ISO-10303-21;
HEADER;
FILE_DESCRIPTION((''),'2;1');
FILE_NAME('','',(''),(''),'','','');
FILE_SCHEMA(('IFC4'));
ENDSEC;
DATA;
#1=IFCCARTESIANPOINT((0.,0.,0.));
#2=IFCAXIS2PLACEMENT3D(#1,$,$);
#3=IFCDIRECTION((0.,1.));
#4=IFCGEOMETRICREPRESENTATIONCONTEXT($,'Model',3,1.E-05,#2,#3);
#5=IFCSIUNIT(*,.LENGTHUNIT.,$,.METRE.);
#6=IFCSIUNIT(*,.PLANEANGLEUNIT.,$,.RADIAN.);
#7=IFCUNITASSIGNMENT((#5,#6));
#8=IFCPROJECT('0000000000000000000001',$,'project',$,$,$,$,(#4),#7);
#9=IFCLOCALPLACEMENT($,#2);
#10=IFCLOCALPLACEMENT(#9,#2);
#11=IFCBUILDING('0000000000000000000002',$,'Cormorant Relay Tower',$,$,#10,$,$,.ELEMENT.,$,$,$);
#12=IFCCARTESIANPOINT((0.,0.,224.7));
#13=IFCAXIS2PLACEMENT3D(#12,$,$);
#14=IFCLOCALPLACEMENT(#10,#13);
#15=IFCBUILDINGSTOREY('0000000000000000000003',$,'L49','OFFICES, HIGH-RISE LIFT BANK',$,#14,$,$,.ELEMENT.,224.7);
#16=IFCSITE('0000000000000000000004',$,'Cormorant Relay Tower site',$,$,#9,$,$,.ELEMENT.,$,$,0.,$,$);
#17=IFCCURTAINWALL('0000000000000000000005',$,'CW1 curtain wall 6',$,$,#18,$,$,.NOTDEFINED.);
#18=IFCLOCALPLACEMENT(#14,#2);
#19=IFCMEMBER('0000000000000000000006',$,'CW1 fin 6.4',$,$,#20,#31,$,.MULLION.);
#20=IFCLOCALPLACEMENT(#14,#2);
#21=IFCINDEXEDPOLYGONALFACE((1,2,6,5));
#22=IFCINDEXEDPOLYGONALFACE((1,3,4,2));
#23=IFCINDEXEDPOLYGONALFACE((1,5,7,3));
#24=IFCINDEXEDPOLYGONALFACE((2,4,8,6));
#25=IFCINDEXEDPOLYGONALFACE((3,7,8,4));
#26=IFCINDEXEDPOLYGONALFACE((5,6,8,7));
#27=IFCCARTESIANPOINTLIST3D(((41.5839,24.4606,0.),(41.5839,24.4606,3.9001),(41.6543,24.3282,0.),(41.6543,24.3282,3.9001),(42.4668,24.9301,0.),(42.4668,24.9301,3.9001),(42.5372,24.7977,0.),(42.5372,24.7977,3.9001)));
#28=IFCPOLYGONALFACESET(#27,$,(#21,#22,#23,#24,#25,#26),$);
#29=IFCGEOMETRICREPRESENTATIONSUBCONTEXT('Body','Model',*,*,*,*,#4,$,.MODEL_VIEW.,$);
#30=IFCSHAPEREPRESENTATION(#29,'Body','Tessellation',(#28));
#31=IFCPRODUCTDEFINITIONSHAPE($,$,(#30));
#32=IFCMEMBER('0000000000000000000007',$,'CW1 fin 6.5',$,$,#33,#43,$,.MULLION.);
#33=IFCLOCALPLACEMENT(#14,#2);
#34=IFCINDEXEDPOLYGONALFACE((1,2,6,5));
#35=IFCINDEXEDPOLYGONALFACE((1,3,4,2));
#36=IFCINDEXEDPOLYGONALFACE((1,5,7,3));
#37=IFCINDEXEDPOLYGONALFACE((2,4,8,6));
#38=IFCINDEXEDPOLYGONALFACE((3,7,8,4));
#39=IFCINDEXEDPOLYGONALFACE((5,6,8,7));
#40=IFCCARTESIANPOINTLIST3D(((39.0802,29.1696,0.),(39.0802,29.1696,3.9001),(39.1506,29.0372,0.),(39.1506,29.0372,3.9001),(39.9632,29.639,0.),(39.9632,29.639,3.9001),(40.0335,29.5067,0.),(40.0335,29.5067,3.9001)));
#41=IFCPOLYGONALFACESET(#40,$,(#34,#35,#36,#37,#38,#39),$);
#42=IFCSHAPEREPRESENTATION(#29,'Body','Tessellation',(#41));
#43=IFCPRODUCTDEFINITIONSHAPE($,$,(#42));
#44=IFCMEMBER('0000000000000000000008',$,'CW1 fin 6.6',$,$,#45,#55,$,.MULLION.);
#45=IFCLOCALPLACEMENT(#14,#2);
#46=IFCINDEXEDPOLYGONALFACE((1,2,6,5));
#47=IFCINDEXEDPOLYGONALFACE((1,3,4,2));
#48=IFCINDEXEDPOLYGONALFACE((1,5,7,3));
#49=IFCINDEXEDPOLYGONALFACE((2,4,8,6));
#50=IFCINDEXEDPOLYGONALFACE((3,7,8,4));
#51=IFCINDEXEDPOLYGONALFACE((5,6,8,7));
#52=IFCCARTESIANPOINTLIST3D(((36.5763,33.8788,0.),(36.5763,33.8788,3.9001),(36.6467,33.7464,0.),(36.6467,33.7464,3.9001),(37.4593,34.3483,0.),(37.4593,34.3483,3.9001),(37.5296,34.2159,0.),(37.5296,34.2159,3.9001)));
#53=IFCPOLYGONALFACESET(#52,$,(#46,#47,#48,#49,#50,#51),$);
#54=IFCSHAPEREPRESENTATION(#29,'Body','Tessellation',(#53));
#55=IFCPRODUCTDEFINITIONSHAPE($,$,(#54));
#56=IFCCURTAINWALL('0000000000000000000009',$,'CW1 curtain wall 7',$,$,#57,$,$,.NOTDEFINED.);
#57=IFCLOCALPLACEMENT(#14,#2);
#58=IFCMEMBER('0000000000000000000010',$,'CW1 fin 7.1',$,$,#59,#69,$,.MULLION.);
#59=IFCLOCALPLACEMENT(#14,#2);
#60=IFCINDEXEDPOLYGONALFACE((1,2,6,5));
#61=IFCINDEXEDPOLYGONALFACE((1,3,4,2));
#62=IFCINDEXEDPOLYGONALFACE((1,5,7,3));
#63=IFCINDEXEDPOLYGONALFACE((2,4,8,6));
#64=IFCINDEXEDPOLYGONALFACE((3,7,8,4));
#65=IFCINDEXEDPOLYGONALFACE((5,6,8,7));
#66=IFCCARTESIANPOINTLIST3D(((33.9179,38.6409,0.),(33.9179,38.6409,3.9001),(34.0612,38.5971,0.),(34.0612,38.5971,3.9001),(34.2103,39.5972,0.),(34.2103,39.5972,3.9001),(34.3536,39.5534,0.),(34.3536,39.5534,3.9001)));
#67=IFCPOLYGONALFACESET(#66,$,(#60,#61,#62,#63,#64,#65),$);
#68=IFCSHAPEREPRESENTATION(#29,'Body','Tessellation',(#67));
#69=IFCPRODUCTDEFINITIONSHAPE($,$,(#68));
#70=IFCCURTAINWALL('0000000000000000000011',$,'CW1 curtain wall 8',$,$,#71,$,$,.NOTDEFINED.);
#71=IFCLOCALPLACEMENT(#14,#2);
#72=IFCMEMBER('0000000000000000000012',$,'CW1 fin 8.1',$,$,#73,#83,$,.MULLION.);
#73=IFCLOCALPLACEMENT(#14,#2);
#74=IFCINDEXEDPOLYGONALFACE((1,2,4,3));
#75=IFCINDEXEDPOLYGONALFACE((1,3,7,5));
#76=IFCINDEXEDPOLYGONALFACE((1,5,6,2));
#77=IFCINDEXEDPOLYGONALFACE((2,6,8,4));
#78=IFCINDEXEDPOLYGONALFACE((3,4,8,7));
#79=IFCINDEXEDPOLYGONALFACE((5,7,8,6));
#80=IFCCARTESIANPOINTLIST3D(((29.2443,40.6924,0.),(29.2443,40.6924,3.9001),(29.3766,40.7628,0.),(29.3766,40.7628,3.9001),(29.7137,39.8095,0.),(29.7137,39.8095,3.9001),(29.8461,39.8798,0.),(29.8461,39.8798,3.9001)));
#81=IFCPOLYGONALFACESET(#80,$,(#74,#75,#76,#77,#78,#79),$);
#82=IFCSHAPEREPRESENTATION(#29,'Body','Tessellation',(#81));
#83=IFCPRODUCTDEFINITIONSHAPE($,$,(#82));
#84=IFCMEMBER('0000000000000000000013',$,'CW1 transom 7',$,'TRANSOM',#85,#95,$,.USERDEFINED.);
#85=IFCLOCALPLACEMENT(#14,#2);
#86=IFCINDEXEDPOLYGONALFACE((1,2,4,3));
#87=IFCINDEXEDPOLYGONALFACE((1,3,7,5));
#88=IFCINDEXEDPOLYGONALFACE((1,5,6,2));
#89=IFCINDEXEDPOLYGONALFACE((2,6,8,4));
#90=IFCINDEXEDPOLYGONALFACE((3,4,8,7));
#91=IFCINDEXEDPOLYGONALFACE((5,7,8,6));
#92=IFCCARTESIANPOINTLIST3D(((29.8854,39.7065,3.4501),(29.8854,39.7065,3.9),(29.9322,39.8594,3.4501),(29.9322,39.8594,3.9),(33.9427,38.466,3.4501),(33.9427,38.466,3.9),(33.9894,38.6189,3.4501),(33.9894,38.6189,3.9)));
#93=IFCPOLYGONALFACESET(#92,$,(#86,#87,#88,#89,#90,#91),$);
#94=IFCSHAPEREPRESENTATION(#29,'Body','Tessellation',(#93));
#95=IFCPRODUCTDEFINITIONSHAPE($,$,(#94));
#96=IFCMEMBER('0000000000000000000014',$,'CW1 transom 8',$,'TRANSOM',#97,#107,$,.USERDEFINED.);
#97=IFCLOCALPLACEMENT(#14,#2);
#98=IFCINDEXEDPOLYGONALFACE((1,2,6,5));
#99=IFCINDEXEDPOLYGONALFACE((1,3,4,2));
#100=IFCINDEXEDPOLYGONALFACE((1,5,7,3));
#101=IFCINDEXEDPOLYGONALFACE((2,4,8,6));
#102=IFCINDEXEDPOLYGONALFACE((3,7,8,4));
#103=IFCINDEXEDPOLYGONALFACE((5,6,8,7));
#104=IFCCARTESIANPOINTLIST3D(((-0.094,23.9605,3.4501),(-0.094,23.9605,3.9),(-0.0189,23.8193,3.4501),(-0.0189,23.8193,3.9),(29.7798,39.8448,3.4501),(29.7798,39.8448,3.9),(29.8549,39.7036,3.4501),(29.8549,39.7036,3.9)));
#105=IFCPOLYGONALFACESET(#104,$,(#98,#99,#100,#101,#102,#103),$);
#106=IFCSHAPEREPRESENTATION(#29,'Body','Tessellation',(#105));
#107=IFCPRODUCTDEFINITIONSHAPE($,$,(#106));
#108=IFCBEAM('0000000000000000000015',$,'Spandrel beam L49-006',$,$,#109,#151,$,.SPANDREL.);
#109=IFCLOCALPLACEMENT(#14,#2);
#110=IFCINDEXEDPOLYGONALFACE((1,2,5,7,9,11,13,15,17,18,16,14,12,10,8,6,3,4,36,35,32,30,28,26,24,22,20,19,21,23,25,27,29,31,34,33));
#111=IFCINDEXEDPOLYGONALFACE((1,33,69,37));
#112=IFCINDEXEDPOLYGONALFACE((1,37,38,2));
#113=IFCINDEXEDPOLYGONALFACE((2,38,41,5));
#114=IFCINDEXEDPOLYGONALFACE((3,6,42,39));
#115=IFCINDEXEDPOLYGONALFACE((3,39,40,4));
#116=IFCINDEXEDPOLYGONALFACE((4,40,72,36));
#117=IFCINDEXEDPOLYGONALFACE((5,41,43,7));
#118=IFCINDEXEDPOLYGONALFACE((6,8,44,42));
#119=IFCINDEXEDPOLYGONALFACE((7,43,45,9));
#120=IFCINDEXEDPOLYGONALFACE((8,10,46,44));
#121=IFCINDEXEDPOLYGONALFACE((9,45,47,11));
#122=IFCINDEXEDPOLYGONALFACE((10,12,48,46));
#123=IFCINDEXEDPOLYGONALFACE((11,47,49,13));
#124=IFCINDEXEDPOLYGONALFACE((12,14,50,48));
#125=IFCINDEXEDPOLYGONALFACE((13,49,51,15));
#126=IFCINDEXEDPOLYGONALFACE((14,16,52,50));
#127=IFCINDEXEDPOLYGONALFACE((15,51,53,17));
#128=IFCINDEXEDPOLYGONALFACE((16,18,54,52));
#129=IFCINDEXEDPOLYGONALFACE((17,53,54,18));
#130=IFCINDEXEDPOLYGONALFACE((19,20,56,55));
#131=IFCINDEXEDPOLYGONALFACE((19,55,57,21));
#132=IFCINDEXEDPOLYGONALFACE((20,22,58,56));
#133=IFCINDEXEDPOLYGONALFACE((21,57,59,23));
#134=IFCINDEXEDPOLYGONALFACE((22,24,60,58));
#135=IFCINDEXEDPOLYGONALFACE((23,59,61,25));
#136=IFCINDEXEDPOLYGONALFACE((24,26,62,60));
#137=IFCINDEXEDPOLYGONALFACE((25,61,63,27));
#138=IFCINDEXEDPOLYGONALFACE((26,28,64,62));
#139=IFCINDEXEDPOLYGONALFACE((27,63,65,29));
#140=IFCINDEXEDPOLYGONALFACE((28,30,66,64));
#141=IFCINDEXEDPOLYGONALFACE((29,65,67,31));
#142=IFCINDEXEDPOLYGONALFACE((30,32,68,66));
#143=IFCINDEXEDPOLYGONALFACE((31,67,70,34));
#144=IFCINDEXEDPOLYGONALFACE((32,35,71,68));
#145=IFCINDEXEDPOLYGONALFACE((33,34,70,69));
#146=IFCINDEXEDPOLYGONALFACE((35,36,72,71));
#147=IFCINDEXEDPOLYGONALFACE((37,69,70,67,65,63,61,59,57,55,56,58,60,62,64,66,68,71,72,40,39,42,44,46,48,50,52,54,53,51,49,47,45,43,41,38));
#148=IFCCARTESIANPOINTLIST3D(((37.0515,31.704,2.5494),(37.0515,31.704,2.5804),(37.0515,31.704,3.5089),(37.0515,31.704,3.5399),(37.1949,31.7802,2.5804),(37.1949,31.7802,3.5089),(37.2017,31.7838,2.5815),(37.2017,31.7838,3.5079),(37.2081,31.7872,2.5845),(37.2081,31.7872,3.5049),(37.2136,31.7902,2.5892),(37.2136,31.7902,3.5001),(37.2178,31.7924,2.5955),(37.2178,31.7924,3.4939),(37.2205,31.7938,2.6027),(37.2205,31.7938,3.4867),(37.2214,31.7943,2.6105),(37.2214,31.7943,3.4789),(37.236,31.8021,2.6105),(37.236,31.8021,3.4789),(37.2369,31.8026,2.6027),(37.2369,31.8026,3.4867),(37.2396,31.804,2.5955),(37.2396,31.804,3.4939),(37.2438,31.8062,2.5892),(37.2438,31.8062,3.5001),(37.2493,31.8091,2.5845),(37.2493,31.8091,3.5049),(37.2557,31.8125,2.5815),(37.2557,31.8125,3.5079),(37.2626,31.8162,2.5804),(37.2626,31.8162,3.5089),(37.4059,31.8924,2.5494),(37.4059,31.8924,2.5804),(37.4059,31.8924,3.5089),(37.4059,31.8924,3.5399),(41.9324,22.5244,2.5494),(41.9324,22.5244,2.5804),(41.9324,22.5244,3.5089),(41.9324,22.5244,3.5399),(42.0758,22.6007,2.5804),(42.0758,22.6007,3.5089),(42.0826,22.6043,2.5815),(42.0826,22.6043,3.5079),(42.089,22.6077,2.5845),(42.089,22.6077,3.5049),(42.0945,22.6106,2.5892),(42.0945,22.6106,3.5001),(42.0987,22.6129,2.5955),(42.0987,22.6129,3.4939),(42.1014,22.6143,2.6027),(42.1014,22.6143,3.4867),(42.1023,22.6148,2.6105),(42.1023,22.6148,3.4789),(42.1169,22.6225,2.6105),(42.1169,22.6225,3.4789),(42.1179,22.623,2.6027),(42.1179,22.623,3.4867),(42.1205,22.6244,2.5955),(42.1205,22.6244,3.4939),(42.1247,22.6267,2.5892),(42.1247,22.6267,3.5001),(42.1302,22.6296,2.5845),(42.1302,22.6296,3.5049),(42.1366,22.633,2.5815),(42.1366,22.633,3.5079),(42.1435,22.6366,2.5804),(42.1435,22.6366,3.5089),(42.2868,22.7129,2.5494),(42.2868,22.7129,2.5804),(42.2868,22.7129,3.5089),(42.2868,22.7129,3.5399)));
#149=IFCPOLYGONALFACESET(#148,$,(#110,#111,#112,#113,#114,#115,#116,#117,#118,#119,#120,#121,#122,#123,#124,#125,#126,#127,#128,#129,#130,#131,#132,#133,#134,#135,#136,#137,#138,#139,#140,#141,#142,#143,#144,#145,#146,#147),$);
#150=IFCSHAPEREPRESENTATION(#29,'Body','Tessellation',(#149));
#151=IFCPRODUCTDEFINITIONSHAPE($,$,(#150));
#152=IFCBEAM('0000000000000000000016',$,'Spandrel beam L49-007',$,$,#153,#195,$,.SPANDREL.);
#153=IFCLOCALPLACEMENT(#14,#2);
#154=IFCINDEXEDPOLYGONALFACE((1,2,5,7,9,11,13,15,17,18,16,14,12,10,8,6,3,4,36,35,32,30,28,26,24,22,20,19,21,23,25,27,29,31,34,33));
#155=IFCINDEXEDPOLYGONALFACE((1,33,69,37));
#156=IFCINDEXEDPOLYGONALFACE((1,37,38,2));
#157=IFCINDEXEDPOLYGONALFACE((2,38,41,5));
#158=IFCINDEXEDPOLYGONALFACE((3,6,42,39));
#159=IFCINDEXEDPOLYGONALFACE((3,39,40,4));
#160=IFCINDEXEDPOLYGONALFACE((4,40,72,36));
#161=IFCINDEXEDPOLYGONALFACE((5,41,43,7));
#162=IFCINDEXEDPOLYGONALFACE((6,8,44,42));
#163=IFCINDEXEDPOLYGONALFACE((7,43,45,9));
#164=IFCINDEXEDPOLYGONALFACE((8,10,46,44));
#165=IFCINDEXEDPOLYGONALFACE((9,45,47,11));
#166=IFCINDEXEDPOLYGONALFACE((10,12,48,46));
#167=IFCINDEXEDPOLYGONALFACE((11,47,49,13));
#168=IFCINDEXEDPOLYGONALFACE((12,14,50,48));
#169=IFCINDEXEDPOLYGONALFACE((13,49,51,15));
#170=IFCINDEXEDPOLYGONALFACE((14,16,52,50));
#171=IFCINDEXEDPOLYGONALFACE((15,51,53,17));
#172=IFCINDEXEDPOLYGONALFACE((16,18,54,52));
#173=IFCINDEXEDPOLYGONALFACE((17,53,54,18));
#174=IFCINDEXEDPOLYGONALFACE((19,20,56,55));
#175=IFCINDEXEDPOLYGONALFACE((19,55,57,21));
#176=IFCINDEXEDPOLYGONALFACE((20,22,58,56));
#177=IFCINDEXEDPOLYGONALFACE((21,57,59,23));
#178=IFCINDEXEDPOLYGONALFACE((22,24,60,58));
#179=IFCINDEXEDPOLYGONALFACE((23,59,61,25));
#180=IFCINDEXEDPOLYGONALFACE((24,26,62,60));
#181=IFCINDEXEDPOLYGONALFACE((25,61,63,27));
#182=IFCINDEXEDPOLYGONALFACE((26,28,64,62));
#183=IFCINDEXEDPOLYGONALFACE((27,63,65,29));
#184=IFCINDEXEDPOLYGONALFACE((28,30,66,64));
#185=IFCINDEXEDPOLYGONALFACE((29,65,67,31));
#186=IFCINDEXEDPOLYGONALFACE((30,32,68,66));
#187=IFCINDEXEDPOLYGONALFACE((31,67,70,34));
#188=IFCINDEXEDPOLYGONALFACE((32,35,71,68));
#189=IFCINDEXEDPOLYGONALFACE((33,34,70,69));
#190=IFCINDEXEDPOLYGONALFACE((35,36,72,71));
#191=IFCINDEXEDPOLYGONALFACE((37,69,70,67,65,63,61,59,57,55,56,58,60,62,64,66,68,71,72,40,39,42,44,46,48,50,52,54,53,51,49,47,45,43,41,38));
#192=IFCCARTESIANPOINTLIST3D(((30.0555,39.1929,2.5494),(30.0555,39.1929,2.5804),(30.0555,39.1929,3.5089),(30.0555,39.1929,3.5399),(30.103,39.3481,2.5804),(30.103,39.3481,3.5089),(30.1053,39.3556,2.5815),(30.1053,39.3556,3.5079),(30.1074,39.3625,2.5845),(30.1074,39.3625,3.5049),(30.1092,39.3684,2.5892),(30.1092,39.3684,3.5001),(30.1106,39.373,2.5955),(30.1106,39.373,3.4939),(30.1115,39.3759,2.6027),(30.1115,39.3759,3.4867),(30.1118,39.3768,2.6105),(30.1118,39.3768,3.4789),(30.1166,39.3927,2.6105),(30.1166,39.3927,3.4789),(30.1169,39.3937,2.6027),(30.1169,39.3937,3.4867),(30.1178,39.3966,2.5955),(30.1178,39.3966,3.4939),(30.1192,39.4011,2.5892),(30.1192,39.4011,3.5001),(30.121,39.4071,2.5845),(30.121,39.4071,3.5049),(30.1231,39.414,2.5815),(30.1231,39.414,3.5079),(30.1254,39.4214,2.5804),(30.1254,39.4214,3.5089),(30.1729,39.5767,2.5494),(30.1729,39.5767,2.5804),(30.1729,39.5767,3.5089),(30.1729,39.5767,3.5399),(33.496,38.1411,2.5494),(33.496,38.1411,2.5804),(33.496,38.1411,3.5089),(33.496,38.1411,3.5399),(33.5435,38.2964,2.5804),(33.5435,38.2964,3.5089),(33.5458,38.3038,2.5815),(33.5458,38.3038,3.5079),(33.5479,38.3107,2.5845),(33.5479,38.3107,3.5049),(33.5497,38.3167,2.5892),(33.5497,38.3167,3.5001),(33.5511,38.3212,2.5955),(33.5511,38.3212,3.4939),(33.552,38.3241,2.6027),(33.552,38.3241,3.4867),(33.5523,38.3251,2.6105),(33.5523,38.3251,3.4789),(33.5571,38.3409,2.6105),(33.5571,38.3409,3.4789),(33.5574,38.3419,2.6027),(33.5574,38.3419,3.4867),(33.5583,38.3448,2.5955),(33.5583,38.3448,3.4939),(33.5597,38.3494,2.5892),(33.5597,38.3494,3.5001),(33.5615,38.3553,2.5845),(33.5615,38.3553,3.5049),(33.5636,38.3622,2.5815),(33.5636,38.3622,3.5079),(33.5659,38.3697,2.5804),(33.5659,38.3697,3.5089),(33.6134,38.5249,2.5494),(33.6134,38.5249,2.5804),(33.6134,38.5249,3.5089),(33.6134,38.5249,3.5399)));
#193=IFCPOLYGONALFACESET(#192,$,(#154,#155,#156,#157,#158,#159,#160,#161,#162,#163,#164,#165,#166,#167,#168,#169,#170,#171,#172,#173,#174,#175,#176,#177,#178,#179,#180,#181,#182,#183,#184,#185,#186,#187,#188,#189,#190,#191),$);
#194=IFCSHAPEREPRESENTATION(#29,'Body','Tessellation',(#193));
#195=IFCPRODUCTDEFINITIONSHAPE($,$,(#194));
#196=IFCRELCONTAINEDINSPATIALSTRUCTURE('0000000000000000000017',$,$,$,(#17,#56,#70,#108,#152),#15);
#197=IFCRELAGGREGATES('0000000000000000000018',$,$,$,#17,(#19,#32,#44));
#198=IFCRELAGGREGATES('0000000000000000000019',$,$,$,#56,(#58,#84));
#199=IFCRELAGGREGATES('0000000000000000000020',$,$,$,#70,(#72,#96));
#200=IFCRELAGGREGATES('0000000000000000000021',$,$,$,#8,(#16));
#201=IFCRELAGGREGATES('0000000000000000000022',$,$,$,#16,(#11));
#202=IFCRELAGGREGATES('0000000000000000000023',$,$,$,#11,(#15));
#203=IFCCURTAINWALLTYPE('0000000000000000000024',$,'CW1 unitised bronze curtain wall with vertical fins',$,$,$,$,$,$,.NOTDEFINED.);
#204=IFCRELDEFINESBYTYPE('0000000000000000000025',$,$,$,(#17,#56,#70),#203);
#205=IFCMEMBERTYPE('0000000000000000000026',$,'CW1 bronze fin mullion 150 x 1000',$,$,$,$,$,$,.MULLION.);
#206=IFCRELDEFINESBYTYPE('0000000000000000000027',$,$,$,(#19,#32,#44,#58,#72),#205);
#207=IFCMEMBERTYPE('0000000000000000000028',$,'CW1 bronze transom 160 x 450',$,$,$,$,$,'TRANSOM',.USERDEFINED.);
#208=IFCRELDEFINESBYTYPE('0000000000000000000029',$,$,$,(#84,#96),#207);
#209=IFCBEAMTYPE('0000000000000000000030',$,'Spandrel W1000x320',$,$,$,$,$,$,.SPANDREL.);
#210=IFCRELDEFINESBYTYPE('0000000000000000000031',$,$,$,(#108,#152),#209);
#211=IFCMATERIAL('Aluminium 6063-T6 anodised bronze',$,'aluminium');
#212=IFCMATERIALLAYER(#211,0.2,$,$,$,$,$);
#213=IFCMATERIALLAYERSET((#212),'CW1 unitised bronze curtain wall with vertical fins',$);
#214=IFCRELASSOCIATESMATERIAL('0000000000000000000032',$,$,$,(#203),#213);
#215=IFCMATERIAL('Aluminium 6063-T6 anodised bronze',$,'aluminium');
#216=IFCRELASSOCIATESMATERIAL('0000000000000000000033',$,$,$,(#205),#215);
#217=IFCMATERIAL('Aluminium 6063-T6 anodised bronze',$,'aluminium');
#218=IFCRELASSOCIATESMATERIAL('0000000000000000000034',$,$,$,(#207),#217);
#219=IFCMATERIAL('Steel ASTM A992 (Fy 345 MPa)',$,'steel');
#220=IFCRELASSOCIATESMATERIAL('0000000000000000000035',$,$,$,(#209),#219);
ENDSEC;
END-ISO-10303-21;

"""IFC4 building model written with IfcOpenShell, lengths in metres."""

from ifc_helpers import new_model, si_unit, direction, frame, origin, origin_2d, place, context, subcontext, project, spatial, rectangle, i_section, extrude, material, layer, layer_set, material_profile, profile_set, type_object, element, aggregate, save


model = new_model("IFC4")

# Units and contexts
model_context = context("Model", 3, precision=1e-05, world=origin(), true_north=direction((0.0, 1.0)))
body_context = subcontext(model_context, "Body", "Model", "MODEL_VIEW")
ifc_project = project(units=[si_unit("LENGTHUNIT", "METRE"), si_unit("PLANEANGLEUNIT", "RADIAN")], contexts=[model_context])

# Site, building, storey
site_placement = place(None, origin())
site = spatial("IfcSite", under=ifc_project, at=site_placement, Name="Cormorant Relay Tower site", CompositionType="ELEMENT", RefElevation=0.0)
building_placement = place(site_placement, origin())
building = spatial("IfcBuilding", under=site, at=building_placement, Name="Cormorant Relay Tower", CompositionType="ELEMENT")
storey_placement = place(building_placement, frame((0.0, 0.0, 224.7)))
storey = spatial("IfcBuildingStorey", under=building, at=storey_placement, Name="L49", Description="OFFICES, HIGH-RISE LIFT BANK", CompositionType="ELEMENT", Elevation=224.7)

# Curtain wall, members
ifc_material_1 = material(Name="Aluminium 6063-T6 anodised bronze", Category="aluminium")
ifc_layer_1 = layer(ifc_material_1, 0.2)
ifc_layer_set_1 = layer_set([ifc_layer_1], Name="CW1 unitised bronze curtain wall with vertical fins")
curtain_wall_type = type_object("IfcCurtainWallType", Name="CW1 unitised bronze curtain wall with vertical fins", PredefinedType="NOTDEFINED", material=ifc_layer_set_1)
curtain_wall_1_placement = place(storey_placement, origin())
curtain_wall_1 = element("IfcCurtainWall", 1, at=curtain_wall_1_placement, inside=storey, type_object=curtain_wall_type, Name="CW1 curtain wall 6", PredefinedType="NOTDEFINED")
ifc_material_2 = material(Name="Aluminium 6063-T6 anodised bronze", Category="aluminium")
ifc_material_profile_1 = material_profile(ifc_material_2, rectangle(XDim=0.1499, YDim=1.0, at=origin_2d()), Name="AL 150x1000")
ifc_profile_set_1 = profile_set([ifc_material_profile_1], Name="Aluminium 6063-T6 anodised bronze")
member_type_1 = type_object("IfcMemberType", Name="CW1 bronze fin mullion 150 x 1000", PredefinedType="MULLION", material=ifc_profile_set_1)
member_1_placement = place(storey_placement, frame((42.0605, 24.6292, 0.0), z_axis=(0.0, 0.0, 1.0), x_axis=(-0.469472, 0.882948, 0.0)))
member_1 = element("IfcMember", 2, at=member_1_placement, type_object=member_type_1, Name="CW1 fin 6.4", PredefinedType="MULLION", context=body_context, shape_type="SweptSolid", body=[
    extrude(rectangle(XDim=0.1499, YDim=1.0, at=origin_2d()), origin(), (0.0, 0.0, 1.0), 3.9001),
])
member_2_placement = place(storey_placement, frame((39.5569, 29.3381, 0.0), z_axis=(0.0, 0.0, 1.0), x_axis=(-0.469472, 0.882948, 0.0)))
member_2 = element("IfcMember", 3, at=member_2_placement, type_object=member_type_1, Name="CW1 fin 6.5", PredefinedType="MULLION", context=body_context, shape_type="SweptSolid", body=[
    extrude(rectangle(XDim=0.1499, YDim=1.0, at=origin_2d()), origin(), (0.0, 0.0, 1.0), 3.9001),
])
member_3_placement = place(storey_placement, frame((37.053, 34.0474, 0.0), z_axis=(0.0, 0.0, 1.0), x_axis=(-0.469472, 0.882948, 0.0)))
member_3 = element("IfcMember", 4, at=member_3_placement, type_object=member_type_1, Name="CW1 fin 6.6", PredefinedType="MULLION", context=body_context, shape_type="SweptSolid", body=[
    extrude(rectangle(XDim=0.1499, YDim=1.0, at=origin_2d()), origin(), (0.0, 0.0, 1.0), 3.9001),
])

# Curtain walls, members
curtain_wall_2_placement = place(storey_placement, origin())
curtain_wall_2 = element("IfcCurtainWall", 5, at=curtain_wall_2_placement, inside=storey, type_object=curtain_wall_type, Name="CW1 curtain wall 7", PredefinedType="NOTDEFINED")
member_4_placement = place(storey_placement, frame((34.1357, 39.0972, 0.0), z_axis=(0.0, 0.0, 1.0), x_axis=(-0.956305, 0.292372, 0.0)))
member_4 = element("IfcMember", 6, at=member_4_placement, type_object=member_type_1, Name="CW1 fin 7.1", PredefinedType="MULLION", context=body_context, shape_type="SweptSolid", body=[
    extrude(rectangle(XDim=0.1499, YDim=1.0, at=origin_2d()), origin(), (0.0, 0.0, 1.0), 3.9001),
])
curtain_wall_3_placement = place(storey_placement, origin())
curtain_wall_3 = element("IfcCurtainWall", 7, at=curtain_wall_3_placement, inside=storey, type_object=curtain_wall_type, Name="CW1 curtain wall 8", PredefinedType="NOTDEFINED")
member_5_placement = place(storey_placement, frame((29.5452, 40.2861, 0.0), z_axis=(0.0, 0.0, 1.0), x_axis=(-0.882948, -0.469472, 0.0)))
member_5 = element("IfcMember", 8, at=member_5_placement, type_object=member_type_1, Name="CW1 fin 8.1", PredefinedType="MULLION", context=body_context, shape_type="SweptSolid", body=[
    extrude(rectangle(XDim=0.1499, YDim=1.0, at=origin_2d()), origin(), (0.0, 0.0, 1.0), 3.9001),
])

# Members
ifc_material_3 = material(Name="Aluminium 6063-T6 anodised bronze", Category="aluminium")
ifc_material_profile_2 = material_profile(ifc_material_3, rectangle(XDim=0.1599, YDim=0.45, at=origin_2d()), Name="AL 160x450")
ifc_profile_set_2 = profile_set([ifc_material_profile_2], Name="Aluminium 6063-T6 anodised bronze")
member_type_2 = type_object("IfcMemberType", Name="CW1 bronze transom 160 x 450", ElementType="TRANSOM", PredefinedType="USERDEFINED", material=ifc_profile_set_2)
member_6_placement = place(storey_placement, frame((33.9661, 38.5425, 3.675), z_axis=(-0.956304, 0.292375, 0.0), x_axis=(-0.292375, -0.956304, 0.0)))
member_6 = element("IfcMember", 9, at=member_6_placement, type_object=member_type_2, Name="CW1 transom 7", ObjectType="TRANSOM", PredefinedType="USERDEFINED", context=body_context, shape_type="SweptSolid", body=[
    extrude(rectangle(XDim=0.1599, YDim=0.45, at=origin_2d()), origin(), (0.0, 0.0, 1.0), 4.2427),
])
member_7_placement = place(storey_placement, frame((29.8174, 39.7742, 3.675), z_axis=(-0.882946, -0.469474, 0.0), x_axis=(0.469474, -0.882946, 0.0)))
member_7 = element("IfcMember", 10, at=member_7_placement, type_object=member_type_2, Name="CW1 transom 8", ObjectType="TRANSOM", PredefinedType="USERDEFINED", context=body_context, shape_type="SweptSolid", body=[
    extrude(rectangle(XDim=0.1599, YDim=0.45, at=origin_2d()), origin(), (0.0, 0.0, 1.0), 33.8342),
])

# Beams
ifc_material_4 = material(Name="Steel ASTM A992 (Fy 345 MPa)", Category="steel")
ifc_material_profile_3 = material_profile(ifc_material_4, i_section(OverallWidth=0.4014, OverallDepth=0.9905, WebThickness=0.0166, FlangeThickness=0.031, FilletRadius=0.03, at=origin_2d()), Name="W1000x320")
ifc_profile_set_3 = profile_set([ifc_material_profile_3], Name="Steel ASTM A992 (Fy 345 MPa)")
beam_type = type_object("IfcBeamType", Name="Spandrel W1000x320", PredefinedType="SPANDREL", material=ifc_profile_set_3)
beam_1_placement = place(storey_placement, frame((42.1096, 22.6187, 3.0447), z_axis=(-0.469476, 0.882945, 0.0), x_axis=(-0.882945, -0.469476, 0.0)))
element("IfcBeam", 11, at=beam_1_placement, inside=storey, type_object=beam_type, Name="Spandrel beam L49-006", PredefinedType="SPANDREL", context=body_context, shape_type="SweptSolid", body=[
    extrude(i_section(OverallWidth=0.4014, OverallDepth=0.9905, WebThickness=0.0166, FlangeThickness=0.031, FilletRadius=0.03, at=origin_2d()), origin(), (0.0, 0.0, 1.0), 10.3965),
])
beam_2_placement = place(storey_placement, frame((33.5547, 38.333, 3.0447), z_axis=(-0.956312, 0.29235, 0.0), x_axis=(-0.29235, -0.956312, 0.0)))
element("IfcBeam", 12, at=beam_2_placement, inside=storey, type_object=beam_type, Name="Spandrel beam L49-007", PredefinedType="SPANDREL", context=body_context, shape_type="SweptSolid", body=[
    extrude(i_section(OverallWidth=0.4014, OverallDepth=0.9905, WebThickness=0.0166, FlangeThickness=0.031, FilletRadius=0.03, at=origin_2d()), origin(), (0.0, 0.0, 1.0), 3.5977),
])

aggregate(curtain_wall_1, [member_1, member_2, member_3])
aggregate(curtain_wall_2, [member_4, member_6])
aggregate(curtain_wall_3, [member_5, member_7])

save(model, "model.ifc")
